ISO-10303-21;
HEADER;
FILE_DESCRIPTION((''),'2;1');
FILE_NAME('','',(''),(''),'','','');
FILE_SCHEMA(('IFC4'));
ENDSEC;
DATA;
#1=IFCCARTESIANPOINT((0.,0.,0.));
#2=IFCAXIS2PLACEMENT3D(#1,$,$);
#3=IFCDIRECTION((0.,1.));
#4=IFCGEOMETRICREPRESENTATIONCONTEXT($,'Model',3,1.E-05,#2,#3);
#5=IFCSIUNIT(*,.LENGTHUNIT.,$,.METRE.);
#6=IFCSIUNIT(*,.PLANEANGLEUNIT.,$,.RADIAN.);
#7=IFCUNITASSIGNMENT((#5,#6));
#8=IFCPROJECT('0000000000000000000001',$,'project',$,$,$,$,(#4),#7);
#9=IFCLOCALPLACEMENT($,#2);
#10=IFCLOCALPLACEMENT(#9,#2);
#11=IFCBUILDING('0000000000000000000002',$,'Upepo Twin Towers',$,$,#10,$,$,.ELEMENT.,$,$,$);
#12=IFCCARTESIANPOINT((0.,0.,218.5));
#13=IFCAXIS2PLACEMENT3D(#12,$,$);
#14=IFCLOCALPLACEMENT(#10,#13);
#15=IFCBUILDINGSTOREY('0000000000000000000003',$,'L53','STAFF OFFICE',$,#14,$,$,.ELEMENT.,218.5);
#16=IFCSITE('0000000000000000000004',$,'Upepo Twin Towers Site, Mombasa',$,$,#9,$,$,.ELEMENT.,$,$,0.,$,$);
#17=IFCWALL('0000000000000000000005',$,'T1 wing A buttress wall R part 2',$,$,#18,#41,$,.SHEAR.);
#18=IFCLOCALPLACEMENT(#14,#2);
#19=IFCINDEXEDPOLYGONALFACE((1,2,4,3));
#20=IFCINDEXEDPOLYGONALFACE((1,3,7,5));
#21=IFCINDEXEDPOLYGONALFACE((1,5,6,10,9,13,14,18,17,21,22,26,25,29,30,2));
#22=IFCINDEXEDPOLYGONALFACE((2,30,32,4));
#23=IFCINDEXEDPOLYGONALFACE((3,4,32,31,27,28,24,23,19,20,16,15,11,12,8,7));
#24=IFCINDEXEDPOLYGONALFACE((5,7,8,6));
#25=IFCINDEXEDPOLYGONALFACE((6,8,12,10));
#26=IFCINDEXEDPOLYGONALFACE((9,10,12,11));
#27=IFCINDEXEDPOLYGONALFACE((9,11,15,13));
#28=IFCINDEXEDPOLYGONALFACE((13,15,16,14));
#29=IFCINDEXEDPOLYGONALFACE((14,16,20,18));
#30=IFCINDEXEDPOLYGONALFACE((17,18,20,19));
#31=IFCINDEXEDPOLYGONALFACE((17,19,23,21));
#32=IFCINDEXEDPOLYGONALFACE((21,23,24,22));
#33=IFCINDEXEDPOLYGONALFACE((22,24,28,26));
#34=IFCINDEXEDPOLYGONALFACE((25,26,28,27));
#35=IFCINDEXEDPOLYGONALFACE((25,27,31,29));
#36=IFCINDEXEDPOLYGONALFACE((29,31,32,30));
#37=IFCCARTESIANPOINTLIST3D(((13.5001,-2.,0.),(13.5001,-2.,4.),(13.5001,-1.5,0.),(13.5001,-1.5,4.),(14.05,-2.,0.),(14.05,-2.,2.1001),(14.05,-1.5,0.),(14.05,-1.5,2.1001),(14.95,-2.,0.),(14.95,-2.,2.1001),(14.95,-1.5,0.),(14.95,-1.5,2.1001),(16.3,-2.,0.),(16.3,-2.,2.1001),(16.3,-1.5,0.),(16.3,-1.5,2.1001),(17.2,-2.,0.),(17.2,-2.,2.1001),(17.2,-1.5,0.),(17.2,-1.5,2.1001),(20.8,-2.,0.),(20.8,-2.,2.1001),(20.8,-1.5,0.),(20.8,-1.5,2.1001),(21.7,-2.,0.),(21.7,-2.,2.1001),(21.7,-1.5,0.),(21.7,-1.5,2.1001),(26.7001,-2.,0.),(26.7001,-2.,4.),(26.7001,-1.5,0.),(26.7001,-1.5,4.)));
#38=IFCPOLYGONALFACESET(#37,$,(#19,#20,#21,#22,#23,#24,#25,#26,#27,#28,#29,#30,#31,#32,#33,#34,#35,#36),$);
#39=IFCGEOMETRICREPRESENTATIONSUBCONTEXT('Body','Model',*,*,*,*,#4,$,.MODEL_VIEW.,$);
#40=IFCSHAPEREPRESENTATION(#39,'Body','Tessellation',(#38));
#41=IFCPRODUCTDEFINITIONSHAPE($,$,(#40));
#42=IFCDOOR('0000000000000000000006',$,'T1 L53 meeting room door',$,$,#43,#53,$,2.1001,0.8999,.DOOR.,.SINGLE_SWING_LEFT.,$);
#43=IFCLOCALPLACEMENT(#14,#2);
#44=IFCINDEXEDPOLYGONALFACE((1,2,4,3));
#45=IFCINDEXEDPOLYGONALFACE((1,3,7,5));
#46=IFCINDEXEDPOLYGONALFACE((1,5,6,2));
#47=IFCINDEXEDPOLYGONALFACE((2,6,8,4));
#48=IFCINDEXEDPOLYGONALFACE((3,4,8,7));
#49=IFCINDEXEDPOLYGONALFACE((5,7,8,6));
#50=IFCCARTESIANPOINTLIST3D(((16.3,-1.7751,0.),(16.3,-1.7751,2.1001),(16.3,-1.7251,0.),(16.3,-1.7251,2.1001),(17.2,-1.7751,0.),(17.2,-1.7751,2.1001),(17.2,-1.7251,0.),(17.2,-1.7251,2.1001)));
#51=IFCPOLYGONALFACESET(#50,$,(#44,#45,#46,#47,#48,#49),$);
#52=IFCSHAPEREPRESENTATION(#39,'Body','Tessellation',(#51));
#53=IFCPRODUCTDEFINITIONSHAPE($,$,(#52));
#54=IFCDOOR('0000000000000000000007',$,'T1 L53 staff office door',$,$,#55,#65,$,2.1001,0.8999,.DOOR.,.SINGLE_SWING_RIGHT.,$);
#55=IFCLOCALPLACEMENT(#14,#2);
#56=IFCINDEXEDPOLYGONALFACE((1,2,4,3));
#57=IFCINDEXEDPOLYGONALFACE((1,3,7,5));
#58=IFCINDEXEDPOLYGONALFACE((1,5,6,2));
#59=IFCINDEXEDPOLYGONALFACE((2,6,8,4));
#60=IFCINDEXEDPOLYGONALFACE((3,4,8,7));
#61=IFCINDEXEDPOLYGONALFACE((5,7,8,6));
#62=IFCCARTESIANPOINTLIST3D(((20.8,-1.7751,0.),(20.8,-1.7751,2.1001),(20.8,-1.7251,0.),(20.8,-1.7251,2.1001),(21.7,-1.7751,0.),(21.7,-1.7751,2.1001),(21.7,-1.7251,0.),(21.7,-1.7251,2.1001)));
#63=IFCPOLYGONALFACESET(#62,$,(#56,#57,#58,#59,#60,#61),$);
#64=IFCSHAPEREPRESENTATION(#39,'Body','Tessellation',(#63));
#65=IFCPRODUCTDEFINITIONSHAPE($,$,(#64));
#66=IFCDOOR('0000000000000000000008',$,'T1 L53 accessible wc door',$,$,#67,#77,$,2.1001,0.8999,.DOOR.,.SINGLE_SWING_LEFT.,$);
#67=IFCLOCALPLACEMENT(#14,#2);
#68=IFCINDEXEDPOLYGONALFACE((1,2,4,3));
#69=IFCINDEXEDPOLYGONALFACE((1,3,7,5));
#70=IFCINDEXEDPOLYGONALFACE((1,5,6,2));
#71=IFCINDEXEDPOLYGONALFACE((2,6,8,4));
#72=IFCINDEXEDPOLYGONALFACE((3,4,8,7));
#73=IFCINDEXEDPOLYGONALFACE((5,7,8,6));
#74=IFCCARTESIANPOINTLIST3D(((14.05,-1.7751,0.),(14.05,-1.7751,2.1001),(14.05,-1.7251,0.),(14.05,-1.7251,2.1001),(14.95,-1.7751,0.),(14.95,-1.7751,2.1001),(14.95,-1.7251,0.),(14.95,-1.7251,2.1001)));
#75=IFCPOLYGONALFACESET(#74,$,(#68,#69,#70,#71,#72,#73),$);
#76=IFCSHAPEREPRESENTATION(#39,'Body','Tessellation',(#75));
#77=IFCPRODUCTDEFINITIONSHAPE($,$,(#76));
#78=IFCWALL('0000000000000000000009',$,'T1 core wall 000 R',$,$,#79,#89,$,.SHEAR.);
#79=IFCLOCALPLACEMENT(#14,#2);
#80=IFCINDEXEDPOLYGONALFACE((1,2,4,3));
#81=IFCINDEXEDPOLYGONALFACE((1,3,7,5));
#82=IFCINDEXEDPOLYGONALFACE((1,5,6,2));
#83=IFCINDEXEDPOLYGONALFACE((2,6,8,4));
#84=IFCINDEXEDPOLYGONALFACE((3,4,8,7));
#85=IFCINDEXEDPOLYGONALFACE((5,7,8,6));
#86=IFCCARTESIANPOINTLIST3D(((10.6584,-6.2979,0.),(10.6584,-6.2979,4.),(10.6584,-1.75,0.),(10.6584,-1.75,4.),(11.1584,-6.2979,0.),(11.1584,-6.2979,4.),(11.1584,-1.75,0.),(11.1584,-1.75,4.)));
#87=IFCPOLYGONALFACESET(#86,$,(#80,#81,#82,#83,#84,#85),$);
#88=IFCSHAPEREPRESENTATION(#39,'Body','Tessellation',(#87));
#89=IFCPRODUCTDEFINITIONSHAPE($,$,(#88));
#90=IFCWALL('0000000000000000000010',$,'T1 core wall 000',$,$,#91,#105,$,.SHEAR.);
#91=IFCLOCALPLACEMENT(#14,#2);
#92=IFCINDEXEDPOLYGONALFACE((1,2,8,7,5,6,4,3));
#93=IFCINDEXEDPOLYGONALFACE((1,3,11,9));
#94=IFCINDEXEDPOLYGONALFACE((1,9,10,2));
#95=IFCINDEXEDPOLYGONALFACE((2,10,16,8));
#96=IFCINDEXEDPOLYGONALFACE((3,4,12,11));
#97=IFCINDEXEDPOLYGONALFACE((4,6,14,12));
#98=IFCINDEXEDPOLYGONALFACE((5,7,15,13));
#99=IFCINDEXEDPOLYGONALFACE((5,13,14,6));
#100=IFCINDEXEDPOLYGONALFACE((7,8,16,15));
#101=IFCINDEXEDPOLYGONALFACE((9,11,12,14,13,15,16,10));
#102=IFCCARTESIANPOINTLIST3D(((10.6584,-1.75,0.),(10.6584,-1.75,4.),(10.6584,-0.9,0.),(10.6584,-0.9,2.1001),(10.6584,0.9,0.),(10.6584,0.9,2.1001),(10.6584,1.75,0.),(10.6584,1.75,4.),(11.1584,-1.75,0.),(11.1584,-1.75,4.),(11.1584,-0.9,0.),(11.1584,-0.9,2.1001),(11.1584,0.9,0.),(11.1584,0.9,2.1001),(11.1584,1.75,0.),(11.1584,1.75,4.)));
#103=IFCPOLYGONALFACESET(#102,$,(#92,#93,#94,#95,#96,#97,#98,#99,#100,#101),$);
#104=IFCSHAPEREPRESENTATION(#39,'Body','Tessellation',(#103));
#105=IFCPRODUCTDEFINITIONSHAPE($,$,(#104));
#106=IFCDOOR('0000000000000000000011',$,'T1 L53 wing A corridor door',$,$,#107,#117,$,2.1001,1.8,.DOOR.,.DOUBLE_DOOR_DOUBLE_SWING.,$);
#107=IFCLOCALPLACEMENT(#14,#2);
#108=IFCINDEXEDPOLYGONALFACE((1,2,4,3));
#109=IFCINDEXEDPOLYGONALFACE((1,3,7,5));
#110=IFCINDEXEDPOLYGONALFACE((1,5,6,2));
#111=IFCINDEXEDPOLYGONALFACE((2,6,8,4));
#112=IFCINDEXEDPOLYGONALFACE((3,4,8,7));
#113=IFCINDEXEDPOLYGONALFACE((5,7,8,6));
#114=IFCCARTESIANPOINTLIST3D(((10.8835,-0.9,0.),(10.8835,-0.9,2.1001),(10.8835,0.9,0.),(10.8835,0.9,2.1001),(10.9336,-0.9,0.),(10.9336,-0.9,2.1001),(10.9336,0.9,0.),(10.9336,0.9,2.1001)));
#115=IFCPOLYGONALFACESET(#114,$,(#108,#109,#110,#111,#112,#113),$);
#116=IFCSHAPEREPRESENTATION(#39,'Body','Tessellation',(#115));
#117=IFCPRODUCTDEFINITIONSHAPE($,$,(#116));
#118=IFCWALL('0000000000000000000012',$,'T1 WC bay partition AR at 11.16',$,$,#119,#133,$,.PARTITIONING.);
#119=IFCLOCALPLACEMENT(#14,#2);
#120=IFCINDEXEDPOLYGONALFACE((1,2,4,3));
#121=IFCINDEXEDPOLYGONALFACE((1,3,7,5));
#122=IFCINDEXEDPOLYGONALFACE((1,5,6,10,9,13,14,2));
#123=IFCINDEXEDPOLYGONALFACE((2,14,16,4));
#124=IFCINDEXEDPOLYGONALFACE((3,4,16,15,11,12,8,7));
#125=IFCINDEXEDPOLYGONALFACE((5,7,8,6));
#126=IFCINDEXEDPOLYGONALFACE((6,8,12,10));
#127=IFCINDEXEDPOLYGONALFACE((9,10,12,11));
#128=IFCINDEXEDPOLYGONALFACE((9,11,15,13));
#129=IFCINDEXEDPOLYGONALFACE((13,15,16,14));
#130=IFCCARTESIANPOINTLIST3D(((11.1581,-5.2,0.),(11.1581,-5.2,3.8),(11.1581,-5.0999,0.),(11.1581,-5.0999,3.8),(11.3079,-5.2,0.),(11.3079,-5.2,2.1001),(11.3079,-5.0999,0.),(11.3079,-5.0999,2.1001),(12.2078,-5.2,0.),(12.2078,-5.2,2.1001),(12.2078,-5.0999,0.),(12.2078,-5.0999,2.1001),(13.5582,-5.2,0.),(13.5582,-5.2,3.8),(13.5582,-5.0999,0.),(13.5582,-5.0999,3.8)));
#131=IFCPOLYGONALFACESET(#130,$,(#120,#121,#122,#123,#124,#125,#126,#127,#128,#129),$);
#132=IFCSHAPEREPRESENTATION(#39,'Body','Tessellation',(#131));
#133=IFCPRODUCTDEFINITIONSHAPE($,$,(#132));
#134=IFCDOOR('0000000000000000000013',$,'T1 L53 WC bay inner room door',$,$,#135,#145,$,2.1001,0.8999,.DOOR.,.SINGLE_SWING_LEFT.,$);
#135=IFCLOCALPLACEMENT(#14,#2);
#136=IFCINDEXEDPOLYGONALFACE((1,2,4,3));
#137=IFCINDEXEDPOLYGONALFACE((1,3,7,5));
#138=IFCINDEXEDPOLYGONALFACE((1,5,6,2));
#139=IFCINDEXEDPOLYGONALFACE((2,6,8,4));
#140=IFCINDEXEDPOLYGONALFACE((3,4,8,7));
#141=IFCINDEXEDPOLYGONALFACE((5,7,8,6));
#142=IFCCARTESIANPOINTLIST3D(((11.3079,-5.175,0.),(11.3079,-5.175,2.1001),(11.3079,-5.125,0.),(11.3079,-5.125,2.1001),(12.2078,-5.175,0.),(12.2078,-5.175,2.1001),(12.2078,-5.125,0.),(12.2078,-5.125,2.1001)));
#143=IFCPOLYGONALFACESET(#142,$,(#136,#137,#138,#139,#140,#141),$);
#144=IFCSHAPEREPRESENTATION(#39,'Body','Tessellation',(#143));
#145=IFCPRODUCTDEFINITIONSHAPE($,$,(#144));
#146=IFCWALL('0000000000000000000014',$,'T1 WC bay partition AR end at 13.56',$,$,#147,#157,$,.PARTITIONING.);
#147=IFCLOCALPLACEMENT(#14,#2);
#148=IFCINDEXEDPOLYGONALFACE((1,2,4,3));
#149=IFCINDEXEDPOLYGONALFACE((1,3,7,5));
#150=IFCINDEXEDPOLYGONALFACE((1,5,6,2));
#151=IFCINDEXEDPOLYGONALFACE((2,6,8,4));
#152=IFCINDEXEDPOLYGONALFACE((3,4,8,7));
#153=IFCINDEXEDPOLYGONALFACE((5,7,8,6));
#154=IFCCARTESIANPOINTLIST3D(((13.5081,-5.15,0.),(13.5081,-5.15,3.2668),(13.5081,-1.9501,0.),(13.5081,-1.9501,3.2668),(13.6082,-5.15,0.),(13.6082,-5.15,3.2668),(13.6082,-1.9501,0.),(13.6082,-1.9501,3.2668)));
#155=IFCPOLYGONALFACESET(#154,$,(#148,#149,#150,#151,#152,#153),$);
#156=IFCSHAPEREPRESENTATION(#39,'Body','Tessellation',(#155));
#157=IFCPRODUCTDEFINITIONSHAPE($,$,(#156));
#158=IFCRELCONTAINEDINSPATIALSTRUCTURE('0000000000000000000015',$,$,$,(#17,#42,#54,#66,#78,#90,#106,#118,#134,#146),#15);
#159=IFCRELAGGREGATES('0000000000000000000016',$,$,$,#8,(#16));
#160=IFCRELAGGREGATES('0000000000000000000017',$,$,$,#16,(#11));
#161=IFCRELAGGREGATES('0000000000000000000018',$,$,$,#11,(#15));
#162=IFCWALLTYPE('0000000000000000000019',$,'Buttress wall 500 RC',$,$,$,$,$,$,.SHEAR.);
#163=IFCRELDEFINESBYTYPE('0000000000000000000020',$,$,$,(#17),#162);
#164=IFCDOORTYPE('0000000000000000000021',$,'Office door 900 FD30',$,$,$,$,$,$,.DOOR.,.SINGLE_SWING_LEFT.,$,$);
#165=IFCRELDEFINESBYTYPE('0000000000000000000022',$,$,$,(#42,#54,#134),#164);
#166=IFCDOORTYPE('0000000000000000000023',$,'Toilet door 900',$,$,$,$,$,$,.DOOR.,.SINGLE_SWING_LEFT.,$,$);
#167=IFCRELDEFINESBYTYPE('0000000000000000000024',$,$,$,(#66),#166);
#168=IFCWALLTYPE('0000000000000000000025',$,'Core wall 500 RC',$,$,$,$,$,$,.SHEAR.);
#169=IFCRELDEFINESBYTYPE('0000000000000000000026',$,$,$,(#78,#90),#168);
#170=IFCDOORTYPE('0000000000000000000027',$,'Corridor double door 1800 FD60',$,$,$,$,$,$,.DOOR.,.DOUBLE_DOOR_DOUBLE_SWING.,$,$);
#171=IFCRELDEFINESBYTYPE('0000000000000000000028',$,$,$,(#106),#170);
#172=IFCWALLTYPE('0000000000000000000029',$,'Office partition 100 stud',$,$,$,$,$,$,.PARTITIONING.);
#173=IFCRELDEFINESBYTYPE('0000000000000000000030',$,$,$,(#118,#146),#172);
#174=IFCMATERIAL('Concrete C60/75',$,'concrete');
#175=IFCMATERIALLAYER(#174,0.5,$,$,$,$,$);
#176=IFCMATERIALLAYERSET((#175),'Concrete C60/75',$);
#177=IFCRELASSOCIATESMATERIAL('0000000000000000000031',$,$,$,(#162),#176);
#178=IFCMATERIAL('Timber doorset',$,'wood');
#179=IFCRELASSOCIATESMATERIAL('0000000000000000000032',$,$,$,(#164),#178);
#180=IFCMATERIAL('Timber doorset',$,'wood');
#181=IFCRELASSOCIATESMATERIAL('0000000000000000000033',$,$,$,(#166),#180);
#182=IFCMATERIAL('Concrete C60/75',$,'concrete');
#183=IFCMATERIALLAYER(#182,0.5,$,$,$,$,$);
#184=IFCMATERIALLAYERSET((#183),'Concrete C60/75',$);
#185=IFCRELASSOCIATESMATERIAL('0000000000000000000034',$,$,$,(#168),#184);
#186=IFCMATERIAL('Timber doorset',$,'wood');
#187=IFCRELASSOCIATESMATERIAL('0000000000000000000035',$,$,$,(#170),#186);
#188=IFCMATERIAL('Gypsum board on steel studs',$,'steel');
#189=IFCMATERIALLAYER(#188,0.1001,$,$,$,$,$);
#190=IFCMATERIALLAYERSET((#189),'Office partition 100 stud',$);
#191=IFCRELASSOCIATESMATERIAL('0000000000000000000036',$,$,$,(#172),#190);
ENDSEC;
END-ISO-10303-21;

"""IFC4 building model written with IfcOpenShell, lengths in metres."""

from ifc_helpers import new_model, si_unit, direction, frame, frame_2d, origin, place, context, subcontext, project, spatial, rectangle, extrude, material, layer, layer_set, type_object, element, fill, save


model = new_model("IFC4")

# Units and contexts
model_context = context("Model", 3, precision=1e-05, world=origin(), true_north=direction((0.0, 1.0)))
body_context = subcontext(model_context, "Body", "Model", "MODEL_VIEW")
ifc_project = project(units=[si_unit("LENGTHUNIT", "METRE"), si_unit("PLANEANGLEUNIT", "RADIAN")], contexts=[model_context])

# Site, building, storey
site_placement = place(None, origin())
site = spatial("IfcSite", under=ifc_project, at=site_placement, Name="Upepo Twin Towers Site, Mombasa", CompositionType="ELEMENT", RefElevation=0.0)
building_placement = place(site_placement, origin())
building = spatial("IfcBuilding", under=site, at=building_placement, Name="Upepo Twin Towers", CompositionType="ELEMENT")
storey_placement = place(building_placement, frame((0.0, 0.0, 218.5)))
storey = spatial("IfcBuildingStorey", under=building, at=storey_placement, Name="L53", Description="STAFF OFFICE", CompositionType="ELEMENT", Elevation=218.5)

# Wall, openings, doors
ifc_material_1 = material(Name="Concrete C60/75", Category="concrete")
ifc_layer_1 = layer(ifc_material_1, 0.5)
ifc_layer_set_1 = layer_set([ifc_layer_1], Name="Concrete C60/75")
wall_type_1 = type_object("IfcWallType", Name="Buttress wall 500 RC", PredefinedType="SHEAR", material=ifc_layer_set_1)
wall_1_placement = place(storey_placement, frame((13.5, -1.75, 0.0), z_axis=(0.0, 0.0, 1.0), x_axis=(1.0, 0.0, 0.0)))
wall_1 = element("IfcWall", 1, at=wall_1_placement, inside=storey, type_object=wall_type_1, Name="T1 wing A buttress wall R part 2", PredefinedType="SHEAR", context=body_context, shape_type="SweptSolid", body=[
    extrude(rectangle(XDim=13.2, YDim=0.5, at=frame_2d((6.6001, 0.0))), origin(), (0.0, 0.0, 1.0), 4.0),
])
opening_1_placement = place(wall_1_placement, frame((0.55, 0.0, 0.0)))
opening_1 = element("IfcOpeningElement", 2, at=opening_1_placement, cuts=wall_1, PredefinedType="OPENING", context=body_context, shape_type="SweptSolid", body=[
    extrude(rectangle(XDim=0.8999, YDim=2.1001, at=frame_2d((0.45, 1.05))), frame((0.0, 0.26, 0.0), z_axis=(0.0, -1.0, 0.0), x_axis=(1.0, 0.0, 0.0)), (0.0, 0.0, 1.0), 0.52),
])
opening_2_placement = place(wall_1_placement, frame((2.8, 0.0, 0.0)))
opening_2 = element("IfcOpeningElement", 3, at=opening_2_placement, cuts=wall_1, PredefinedType="OPENING", context=body_context, shape_type="SweptSolid", body=[
    extrude(rectangle(XDim=0.8999, YDim=2.1001, at=frame_2d((0.45, 1.05))), frame((0.0, 0.26, 0.0), z_axis=(0.0, -1.0, 0.0), x_axis=(1.0, 0.0, 0.0)), (0.0, 0.0, 1.0), 0.52),
])
opening_3_placement = place(wall_1_placement, frame((7.3, 0.0, 0.0)))
opening_3 = element("IfcOpeningElement", 4, at=opening_3_placement, cuts=wall_1, PredefinedType="OPENING", context=body_context, shape_type="SweptSolid", body=[
    extrude(rectangle(XDim=0.8999, YDim=2.1001, at=frame_2d((0.45, 1.05))), frame((0.0, 0.26, 0.0), z_axis=(0.0, -1.0, 0.0), x_axis=(1.0, 0.0, 0.0)), (0.0, 0.0, 1.0), 0.52),
])
ifc_material_2 = material(Name="Timber doorset", Category="wood")
door_type_1 = type_object("IfcDoorType", Name="Office door 900 FD30", OperationType="SINGLE_SWING_LEFT", PredefinedType="DOOR", material=ifc_material_2)
door_1_placement = place(opening_2_placement, origin())
door_1 = element("IfcDoor", 5, at=door_1_placement, inside=storey, type_object=door_type_1, Name="T1 L53 meeting room door", OperationType="SINGLE_SWING_LEFT", OverallHeight=2.1001, OverallWidth=0.8999, PredefinedType="DOOR", context=body_context, shape_type="SweptSolid", body=[
    extrude(rectangle(XDim=0.8999, YDim=2.1001, at=frame_2d((0.45, 1.05))), frame((0.0, 0.0249, 0.0), z_axis=(0.0, -1.0, 0.0), x_axis=(1.0, 0.0, 0.0)), (0.0, 0.0, 1.0), 0.05),
])
fill(opening_2, door_1)
door_2_placement = place(opening_3_placement, origin())
door_2 = element("IfcDoor", 6, at=door_2_placement, inside=storey, type_object=door_type_1, Name="T1 L53 staff office door", OperationType="SINGLE_SWING_RIGHT", OverallHeight=2.1001, OverallWidth=0.8999, PredefinedType="DOOR", context=body_context, shape_type="SweptSolid", body=[
    extrude(rectangle(XDim=0.8999, YDim=2.1001, at=frame_2d((0.45, 1.05))), frame((0.0, 0.0249, 0.0), z_axis=(0.0, -1.0, 0.0), x_axis=(1.0, 0.0, 0.0)), (0.0, 0.0, 1.0), 0.05),
])
fill(opening_3, door_2)
ifc_material_3 = material(Name="Timber doorset", Category="wood")
door_type_2 = type_object("IfcDoorType", Name="Toilet door 900", OperationType="SINGLE_SWING_LEFT", PredefinedType="DOOR", material=ifc_material_3)
door_3_placement = place(opening_1_placement, origin())
door_3 = element("IfcDoor", 7, at=door_3_placement, inside=storey, type_object=door_type_2, Name="T1 L53 accessible wc door", OperationType="SINGLE_SWING_LEFT", OverallHeight=2.1001, OverallWidth=0.8999, PredefinedType="DOOR", context=body_context, shape_type="SweptSolid", body=[
    extrude(rectangle(XDim=0.8999, YDim=2.1001, at=frame_2d((0.45, 1.05))), frame((0.0, 0.0249, 0.0), z_axis=(0.0, -1.0, 0.0), x_axis=(1.0, 0.0, 0.0)), (0.0, 0.0, 1.0), 0.05),
])
fill(opening_1, door_3)

# Wall
ifc_material_4 = material(Name="Concrete C60/75", Category="concrete")
ifc_layer_2 = layer(ifc_material_4, 0.5)
ifc_layer_set_2 = layer_set([ifc_layer_2], Name="Concrete C60/75")
wall_type_2 = type_object("IfcWallType", Name="Core wall 500 RC", PredefinedType="SHEAR", material=ifc_layer_set_2)
wall_2_placement = place(storey_placement, frame((10.9084, -6.2979, 0.0), z_axis=(0.0, 0.0, 1.0), x_axis=(0.0, 1.0, 0.0)))
element("IfcWall", 8, at=wall_2_placement, inside=storey, type_object=wall_type_2, Name="T1 core wall 000 R", PredefinedType="SHEAR", context=body_context, shape_type="SweptSolid", body=[
    extrude(rectangle(XDim=4.5479, YDim=0.5, at=frame_2d((2.2739, 0.0))), origin(), (0.0, 0.0, 1.0), 4.0),
])

# Walls, openings, doors
wall_3_placement = place(storey_placement, frame((10.9084, -1.75, 0.0), z_axis=(0.0, 0.0, 1.0), x_axis=(0.0, 1.0, 0.0)))
wall_3 = element("IfcWall", 9, at=wall_3_placement, inside=storey, type_object=wall_type_2, Name="T1 core wall 000", PredefinedType="SHEAR", context=body_context, shape_type="SweptSolid", body=[
    extrude(rectangle(XDim=3.5, YDim=0.5, at=frame_2d((1.75, 0.0))), origin(), (0.0, 0.0, 1.0), 4.0),
])
opening_4_placement = place(wall_3_placement, frame((0.8501, 0.0, 0.0)))
opening_4 = element("IfcOpeningElement", 10, at=opening_4_placement, cuts=wall_3, PredefinedType="OPENING", context=body_context, shape_type="SweptSolid", body=[
    extrude(rectangle(XDim=1.8, YDim=2.1001, at=frame_2d((0.8999, 1.05))), frame((0.0, 0.26, 0.0), z_axis=(0.0, -1.0, 0.0), x_axis=(1.0, 0.0, 0.0)), (0.0, 0.0, 1.0), 0.52),
])
ifc_material_5 = material(Name="Timber doorset", Category="wood")
door_type_3 = type_object("IfcDoorType", Name="Corridor double door 1800 FD60", OperationType="DOUBLE_DOOR_DOUBLE_SWING", PredefinedType="DOOR", material=ifc_material_5)
door_4_placement = place(opening_4_placement, origin())
door_4 = element("IfcDoor", 11, at=door_4_placement, inside=storey, type_object=door_type_3, Name="T1 L53 wing A corridor door", OperationType="DOUBLE_DOOR_DOUBLE_SWING", OverallHeight=2.1001, OverallWidth=1.8, PredefinedType="DOOR", context=body_context, shape_type="SweptSolid", body=[
    extrude(rectangle(XDim=1.8, YDim=2.1001, at=frame_2d((0.8999, 1.05))), frame((0.0, 0.0249, 0.0), z_axis=(0.0, -1.0, 0.0), x_axis=(1.0, 0.0, 0.0)), (0.0, 0.0, 1.0), 0.05),
])
fill(opening_4, door_4)
ifc_material_6 = material(Name="Gypsum board on steel studs", Category="steel")
ifc_layer_3 = layer(ifc_material_6, 0.1001)
ifc_layer_set_3 = layer_set([ifc_layer_3], Name="Office partition 100 stud")
wall_type_3 = type_object("IfcWallType", Name="Office partition 100 stud", PredefinedType="PARTITIONING", material=ifc_layer_set_3)
wall_4_placement = place(storey_placement, frame((11.158, -5.1499, 0.0), z_axis=(0.0, 0.0, 1.0), x_axis=(1.0, 0.0, 0.0)))
wall_4 = element("IfcWall", 12, at=wall_4_placement, inside=storey, type_object=wall_type_3, Name="T1 WC bay partition AR at 11.16", PredefinedType="PARTITIONING", context=body_context, shape_type="SweptSolid", body=[
    extrude(rectangle(XDim=2.4001, YDim=0.1001, at=frame_2d((1.2002, 0.0))), origin(), (0.0, 0.0, 1.0), 3.8),
])
opening_5_placement = place(wall_4_placement, frame((0.1499, 0.0, 0.0)))
opening_5 = element("IfcOpeningElement", 13, at=opening_5_placement, cuts=wall_4, PredefinedType="OPENING", context=body_context, shape_type="SweptSolid", body=[
    extrude(rectangle(XDim=0.8999, YDim=2.1001, at=frame_2d((0.45, 1.05))), frame((0.0, 0.0601, 0.0), z_axis=(0.0, -1.0, 0.0), x_axis=(1.0, 0.0, 0.0)), (0.0, 0.0, 1.0), 0.1201),
])
door_5_placement = place(opening_5_placement, origin())
door_5 = element("IfcDoor", 14, at=door_5_placement, inside=storey, type_object=door_type_1, Name="T1 L53 WC bay inner room door", OperationType="SINGLE_SWING_LEFT", OverallHeight=2.1001, OverallWidth=0.8999, PredefinedType="DOOR", context=body_context, shape_type="SweptSolid", body=[
    extrude(rectangle(XDim=0.8999, YDim=2.1001, at=frame_2d((0.45, 1.05))), frame((0.0, 0.0249, 0.0), z_axis=(0.0, -1.0, 0.0), x_axis=(1.0, 0.0, 0.0)), (0.0, 0.0, 1.0), 0.05),
])
fill(opening_5, door_5)

# Wall
wall_5_placement = place(storey_placement, frame((13.5581, -1.95, 0.0), z_axis=(0.0, 0.0, 1.0), x_axis=(0.0, -1.0, 0.0)))
element("IfcWall", 15, at=wall_5_placement, inside=storey, type_object=wall_type_3, Name="T1 WC bay partition AR end at 13.56", PredefinedType="PARTITIONING", context=body_context, shape_type="SweptSolid", body=[
    extrude(rectangle(XDim=3.2, YDim=0.1001, at=frame_2d((1.6001, 0.0))), origin(), (0.0, 0.0, 1.0), 3.2668),
])

save(model, "model.ifc")
